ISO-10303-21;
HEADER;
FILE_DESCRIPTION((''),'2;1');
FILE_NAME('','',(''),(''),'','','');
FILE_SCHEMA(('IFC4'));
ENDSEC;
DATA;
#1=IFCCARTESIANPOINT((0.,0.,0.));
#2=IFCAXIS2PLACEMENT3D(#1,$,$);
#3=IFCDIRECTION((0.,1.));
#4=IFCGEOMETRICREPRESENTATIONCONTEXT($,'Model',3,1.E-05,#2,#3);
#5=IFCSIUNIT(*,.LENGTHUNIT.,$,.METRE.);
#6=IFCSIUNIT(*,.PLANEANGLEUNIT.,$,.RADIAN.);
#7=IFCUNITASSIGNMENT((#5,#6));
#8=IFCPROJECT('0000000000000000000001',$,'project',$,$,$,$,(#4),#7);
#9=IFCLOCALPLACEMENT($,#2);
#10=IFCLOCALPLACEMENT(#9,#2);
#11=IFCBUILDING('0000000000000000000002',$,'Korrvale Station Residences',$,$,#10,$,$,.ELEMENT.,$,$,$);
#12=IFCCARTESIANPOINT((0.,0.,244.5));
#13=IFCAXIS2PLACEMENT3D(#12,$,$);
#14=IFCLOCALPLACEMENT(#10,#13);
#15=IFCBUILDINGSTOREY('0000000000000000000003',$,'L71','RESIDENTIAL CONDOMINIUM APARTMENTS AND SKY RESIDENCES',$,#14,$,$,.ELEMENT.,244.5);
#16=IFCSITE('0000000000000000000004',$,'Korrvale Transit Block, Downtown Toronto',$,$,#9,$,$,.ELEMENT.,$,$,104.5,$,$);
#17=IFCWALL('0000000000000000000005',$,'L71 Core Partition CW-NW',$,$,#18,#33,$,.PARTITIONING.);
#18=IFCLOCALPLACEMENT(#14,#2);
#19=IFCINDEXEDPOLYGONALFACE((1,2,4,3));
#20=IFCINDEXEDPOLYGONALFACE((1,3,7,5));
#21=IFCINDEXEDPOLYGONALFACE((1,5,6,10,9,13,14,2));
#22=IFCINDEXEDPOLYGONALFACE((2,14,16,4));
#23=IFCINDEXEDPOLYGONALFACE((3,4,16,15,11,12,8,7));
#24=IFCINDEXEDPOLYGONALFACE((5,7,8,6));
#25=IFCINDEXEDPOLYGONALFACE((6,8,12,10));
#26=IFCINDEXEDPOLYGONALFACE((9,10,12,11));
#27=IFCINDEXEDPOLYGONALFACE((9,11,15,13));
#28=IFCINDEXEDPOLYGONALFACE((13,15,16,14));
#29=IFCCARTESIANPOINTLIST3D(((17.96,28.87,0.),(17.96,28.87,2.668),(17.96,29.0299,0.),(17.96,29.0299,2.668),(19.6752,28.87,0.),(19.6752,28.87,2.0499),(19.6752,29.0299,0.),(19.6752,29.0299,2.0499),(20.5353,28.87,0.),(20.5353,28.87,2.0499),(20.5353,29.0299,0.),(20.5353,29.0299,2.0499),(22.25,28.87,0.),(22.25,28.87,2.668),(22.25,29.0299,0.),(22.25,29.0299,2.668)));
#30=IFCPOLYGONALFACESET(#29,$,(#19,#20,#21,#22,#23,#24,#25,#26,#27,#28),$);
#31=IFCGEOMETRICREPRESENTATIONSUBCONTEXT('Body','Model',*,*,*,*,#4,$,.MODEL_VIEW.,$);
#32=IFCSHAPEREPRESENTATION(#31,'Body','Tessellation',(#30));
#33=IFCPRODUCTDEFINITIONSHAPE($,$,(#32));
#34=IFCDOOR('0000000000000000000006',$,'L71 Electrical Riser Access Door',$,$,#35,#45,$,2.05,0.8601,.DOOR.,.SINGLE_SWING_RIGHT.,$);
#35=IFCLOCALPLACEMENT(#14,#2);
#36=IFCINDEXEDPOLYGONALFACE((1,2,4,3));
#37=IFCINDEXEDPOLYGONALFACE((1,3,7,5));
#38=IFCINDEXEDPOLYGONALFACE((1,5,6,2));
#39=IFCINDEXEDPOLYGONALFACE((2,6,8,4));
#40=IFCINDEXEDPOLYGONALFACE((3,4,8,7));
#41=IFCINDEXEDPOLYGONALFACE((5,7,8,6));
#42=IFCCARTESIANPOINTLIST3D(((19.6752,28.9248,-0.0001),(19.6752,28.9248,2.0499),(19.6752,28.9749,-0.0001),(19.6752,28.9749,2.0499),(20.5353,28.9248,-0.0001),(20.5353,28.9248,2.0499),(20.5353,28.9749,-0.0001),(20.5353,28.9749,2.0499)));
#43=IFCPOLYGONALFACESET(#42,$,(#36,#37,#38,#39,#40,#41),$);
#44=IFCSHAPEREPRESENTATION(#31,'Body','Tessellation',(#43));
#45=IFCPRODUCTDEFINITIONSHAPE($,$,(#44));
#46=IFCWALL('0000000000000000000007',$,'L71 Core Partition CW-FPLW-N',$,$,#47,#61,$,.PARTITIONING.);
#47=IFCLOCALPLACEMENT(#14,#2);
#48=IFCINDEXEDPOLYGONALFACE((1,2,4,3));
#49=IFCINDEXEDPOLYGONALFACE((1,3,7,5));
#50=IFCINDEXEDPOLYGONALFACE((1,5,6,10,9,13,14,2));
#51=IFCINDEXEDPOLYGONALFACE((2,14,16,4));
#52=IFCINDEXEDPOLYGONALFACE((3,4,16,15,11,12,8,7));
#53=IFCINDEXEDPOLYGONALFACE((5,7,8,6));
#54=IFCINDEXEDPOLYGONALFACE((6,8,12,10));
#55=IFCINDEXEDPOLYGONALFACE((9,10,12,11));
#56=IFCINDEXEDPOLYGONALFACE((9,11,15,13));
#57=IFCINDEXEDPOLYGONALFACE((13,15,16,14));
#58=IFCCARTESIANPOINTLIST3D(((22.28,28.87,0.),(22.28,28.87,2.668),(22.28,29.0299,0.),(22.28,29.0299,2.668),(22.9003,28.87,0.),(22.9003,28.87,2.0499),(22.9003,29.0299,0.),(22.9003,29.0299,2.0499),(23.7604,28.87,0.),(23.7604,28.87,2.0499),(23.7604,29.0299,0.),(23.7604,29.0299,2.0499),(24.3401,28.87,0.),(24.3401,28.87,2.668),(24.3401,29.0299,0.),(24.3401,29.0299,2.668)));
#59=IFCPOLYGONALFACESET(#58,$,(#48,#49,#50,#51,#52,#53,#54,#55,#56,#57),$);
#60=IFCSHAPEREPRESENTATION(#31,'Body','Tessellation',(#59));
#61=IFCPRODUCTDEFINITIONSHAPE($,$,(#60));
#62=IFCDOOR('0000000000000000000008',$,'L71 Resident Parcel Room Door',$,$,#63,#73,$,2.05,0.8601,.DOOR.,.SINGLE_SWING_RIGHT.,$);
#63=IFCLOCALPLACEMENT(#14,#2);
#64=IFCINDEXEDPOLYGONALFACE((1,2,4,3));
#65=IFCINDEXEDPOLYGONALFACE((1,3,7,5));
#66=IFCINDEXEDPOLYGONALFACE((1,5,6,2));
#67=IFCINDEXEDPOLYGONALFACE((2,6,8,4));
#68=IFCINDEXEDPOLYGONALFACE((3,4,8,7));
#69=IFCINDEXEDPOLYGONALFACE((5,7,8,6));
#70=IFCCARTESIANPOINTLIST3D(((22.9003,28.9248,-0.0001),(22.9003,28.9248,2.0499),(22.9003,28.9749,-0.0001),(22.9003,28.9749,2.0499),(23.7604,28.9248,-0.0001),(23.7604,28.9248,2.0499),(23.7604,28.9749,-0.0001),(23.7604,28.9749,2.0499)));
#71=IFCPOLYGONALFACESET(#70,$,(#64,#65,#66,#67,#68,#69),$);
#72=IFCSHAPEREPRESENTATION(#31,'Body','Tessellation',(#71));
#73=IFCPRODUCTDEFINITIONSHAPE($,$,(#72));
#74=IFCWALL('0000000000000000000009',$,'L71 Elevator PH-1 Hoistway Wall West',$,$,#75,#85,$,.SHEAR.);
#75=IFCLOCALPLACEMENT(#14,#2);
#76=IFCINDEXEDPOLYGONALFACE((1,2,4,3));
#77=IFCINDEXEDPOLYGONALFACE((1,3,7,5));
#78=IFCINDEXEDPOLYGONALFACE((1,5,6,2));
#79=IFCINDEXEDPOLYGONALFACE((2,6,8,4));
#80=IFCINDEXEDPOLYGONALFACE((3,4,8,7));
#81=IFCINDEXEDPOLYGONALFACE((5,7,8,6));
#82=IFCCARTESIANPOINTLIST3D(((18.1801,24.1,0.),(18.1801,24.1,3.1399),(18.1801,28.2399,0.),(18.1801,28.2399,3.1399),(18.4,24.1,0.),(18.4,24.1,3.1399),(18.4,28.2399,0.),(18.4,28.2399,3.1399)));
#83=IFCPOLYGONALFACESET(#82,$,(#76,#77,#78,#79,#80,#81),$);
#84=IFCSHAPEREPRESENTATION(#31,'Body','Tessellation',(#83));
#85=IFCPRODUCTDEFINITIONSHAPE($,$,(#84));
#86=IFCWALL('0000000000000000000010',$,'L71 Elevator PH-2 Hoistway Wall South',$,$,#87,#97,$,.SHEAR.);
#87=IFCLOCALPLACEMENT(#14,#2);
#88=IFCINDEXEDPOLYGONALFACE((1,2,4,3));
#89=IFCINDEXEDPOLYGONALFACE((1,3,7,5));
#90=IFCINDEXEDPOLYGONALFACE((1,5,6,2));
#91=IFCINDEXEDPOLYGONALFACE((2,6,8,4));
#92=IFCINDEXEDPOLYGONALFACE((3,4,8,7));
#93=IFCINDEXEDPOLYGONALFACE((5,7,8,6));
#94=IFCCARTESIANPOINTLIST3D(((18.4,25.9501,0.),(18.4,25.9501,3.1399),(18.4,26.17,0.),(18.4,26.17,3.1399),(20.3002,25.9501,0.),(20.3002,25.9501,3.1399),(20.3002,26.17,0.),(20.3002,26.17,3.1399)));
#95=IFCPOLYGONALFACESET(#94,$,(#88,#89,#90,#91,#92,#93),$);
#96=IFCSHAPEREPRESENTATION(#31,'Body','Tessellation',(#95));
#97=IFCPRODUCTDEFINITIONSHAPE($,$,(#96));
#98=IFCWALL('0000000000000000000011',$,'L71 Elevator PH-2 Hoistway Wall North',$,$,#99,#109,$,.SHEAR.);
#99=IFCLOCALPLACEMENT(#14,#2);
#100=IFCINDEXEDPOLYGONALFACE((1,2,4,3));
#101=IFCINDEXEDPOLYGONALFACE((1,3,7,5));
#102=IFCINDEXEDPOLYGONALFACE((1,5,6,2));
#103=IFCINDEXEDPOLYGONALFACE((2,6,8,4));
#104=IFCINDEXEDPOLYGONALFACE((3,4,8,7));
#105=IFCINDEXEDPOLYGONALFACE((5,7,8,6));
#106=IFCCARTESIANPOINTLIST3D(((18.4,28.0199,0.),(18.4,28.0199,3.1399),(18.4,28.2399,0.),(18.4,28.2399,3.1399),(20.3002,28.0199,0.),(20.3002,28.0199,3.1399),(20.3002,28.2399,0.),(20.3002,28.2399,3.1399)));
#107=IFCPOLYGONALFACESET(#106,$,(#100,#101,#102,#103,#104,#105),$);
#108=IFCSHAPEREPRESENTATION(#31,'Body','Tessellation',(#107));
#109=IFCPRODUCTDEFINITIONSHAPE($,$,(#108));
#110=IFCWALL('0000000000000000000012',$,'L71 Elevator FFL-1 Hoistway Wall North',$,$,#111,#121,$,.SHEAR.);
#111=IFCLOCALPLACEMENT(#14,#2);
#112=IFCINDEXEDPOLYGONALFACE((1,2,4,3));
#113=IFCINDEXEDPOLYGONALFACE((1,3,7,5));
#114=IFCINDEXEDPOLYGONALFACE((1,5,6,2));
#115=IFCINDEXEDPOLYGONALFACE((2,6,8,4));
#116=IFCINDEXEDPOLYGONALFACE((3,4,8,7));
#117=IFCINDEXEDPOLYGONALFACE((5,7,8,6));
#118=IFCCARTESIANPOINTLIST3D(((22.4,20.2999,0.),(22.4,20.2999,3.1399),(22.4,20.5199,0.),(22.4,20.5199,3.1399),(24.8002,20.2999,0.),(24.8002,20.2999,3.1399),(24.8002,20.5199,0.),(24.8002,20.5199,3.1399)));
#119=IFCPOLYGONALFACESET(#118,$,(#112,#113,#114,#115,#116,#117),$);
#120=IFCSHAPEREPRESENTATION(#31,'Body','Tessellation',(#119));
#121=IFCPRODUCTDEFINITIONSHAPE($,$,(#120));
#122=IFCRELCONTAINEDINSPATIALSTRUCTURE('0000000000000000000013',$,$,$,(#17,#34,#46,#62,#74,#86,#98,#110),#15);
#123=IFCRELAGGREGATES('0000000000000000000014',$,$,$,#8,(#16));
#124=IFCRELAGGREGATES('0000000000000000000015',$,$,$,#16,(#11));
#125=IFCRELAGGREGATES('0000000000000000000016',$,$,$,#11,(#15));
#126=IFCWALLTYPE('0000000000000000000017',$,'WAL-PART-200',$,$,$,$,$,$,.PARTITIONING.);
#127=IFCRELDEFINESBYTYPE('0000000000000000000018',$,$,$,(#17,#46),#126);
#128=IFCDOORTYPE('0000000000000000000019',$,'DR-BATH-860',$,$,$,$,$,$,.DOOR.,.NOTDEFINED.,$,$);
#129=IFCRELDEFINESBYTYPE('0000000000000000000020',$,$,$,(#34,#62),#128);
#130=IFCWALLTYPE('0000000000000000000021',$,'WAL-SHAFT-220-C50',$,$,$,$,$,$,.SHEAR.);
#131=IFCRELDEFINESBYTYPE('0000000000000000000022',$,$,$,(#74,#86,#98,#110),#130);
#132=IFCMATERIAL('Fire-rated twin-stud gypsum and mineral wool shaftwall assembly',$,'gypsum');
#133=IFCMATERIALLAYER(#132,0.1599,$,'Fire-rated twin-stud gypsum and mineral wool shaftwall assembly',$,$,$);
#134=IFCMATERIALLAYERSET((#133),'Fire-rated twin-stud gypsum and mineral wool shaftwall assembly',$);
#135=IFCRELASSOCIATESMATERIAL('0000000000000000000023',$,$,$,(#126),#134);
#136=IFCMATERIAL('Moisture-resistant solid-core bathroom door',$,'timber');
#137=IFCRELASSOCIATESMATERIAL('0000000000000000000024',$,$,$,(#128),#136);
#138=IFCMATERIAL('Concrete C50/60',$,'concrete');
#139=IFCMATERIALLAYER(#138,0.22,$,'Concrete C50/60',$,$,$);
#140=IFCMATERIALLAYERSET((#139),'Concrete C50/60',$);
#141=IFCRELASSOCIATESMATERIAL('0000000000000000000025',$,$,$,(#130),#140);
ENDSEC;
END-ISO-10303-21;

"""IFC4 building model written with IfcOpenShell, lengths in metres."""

from ifc_helpers import new_model, si_unit, direction, frame, frame_2d, origin, place, context, subcontext, project, spatial, rectangle, extrude, material, layer, layer_set, type_object, element, fill, save


model = new_model("IFC4")

# Units and contexts
model_context = context("Model", 3, precision=1e-05, world=origin(), true_north=direction((0.0, 1.0)))
body_context = subcontext(model_context, "Body", "Model", "MODEL_VIEW")
ifc_project = project(units=[si_unit("LENGTHUNIT", "METRE"), si_unit("PLANEANGLEUNIT", "RADIAN")], contexts=[model_context])

# Site, building, storey
site_placement = place(None, origin())
site = spatial("IfcSite", under=ifc_project, at=site_placement, Name="Korrvale Transit Block, Downtown Toronto", CompositionType="ELEMENT", RefElevation=104.5)
building_placement = place(site_placement, origin())
building = spatial("IfcBuilding", under=site, at=building_placement, Name="Korrvale Station Residences", CompositionType="ELEMENT")
storey_placement = place(building_placement, frame((0.0, 0.0, 244.5)))
storey = spatial("IfcBuildingStorey", under=building, at=storey_placement, Name="L71", Description="RESIDENTIAL CONDOMINIUM APARTMENTS AND SKY RESIDENCES", CompositionType="ELEMENT", Elevation=244.5)

# Shared definitions
ifc_material_1 = material(Name="Concrete C50/60", Category="concrete")

# Shared definitions
ifc_material_2 = material(Name="Fire-rated twin-stud gypsum and mineral wool shaftwall assembly", Category="gypsum")
ifc_layer_1 = layer(ifc_material_2, 0.1599, Name="Fire-rated twin-stud gypsum and mineral wool shaftwall assembly")
ifc_layer_set_1 = layer_set([ifc_layer_1], Name="Fire-rated twin-stud gypsum and mineral wool shaftwall assembly")
wall_type_1 = type_object("IfcWallType", Name="WAL-PART-200", PredefinedType="PARTITIONING", material=ifc_layer_set_1)

# Walls, openings, doors
wall_1_placement = place(storey_placement, frame((17.96, 28.95, 0.0), z_axis=(0.0, 0.0, 1.0), x_axis=(1.0, 0.0, 0.0)))
wall_1 = element("IfcWall", 1, at=wall_1_placement, inside=storey, type_object=wall_type_1, Name="L71 Core Partition CW-NW", PredefinedType="PARTITIONING", context=body_context, shape_type="SweptSolid", body=[
    extrude(rectangle(XDim=4.29, YDim=0.1599, at=frame_2d((2.145, 0.0))), origin(), (0.0, 0.0, 1.0), 2.668),
])
opening_1_placement = place(wall_1_placement, frame((1.7151, 0.0, 0.0)))
opening_1 = element("IfcOpeningElement", 2, at=opening_1_placement, cuts=wall_1, PredefinedType="OPENING", context=body_context, shape_type="SweptSolid", body=[
    extrude(rectangle(XDim=0.8601, YDim=2.05, at=frame_2d((0.4302, 1.0249))), frame((0.0, 0.0898, 0.0), z_axis=(0.0, -1.0, 0.0), x_axis=(1.0, 0.0, 0.0)), (0.0, 0.0, 1.0), 0.1799),
])
ifc_material_3 = material(Name="Moisture-resistant solid-core bathroom door", Category="timber")
door_type_1 = type_object("IfcDoorType", Name="DR-BATH-860", OperationType="NOTDEFINED", PredefinedType="DOOR", material=ifc_material_3)
door_1_placement = place(opening_1_placement, origin())
door_1 = element("IfcDoor", 3, at=door_1_placement, inside=storey, type_object=door_type_1, Name="L71 Electrical Riser Access Door", OperationType="SINGLE_SWING_RIGHT", OverallHeight=2.05, OverallWidth=0.8601, PredefinedType="DOOR", context=body_context, shape_type="SweptSolid", body=[
    extrude(rectangle(XDim=0.8601, YDim=2.05, at=frame_2d((0.4302, 1.0249))), frame((0.0, 0.0249, 0.0), z_axis=(0.0, -1.0, 0.0), x_axis=(1.0, 0.0, 0.0)), (0.0, 0.0, 1.0), 0.05),
])
fill(opening_1, door_1)
wall_2_placement = place(storey_placement, frame((22.28, 28.95, 0.0), z_axis=(0.0, 0.0, 1.0), x_axis=(1.0, 0.0, 0.0)))
wall_2 = element("IfcWall", 4, at=wall_2_placement, inside=storey, type_object=wall_type_1, Name="L71 Core Partition CW-FPLW-N", PredefinedType="PARTITIONING", context=body_context, shape_type="SweptSolid", body=[
    extrude(rectangle(XDim=2.0601, YDim=0.1599, at=frame_2d((1.03, 0.0))), origin(), (0.0, 0.0, 1.0), 2.668),
])
opening_2_placement = place(wall_2_placement, frame((0.6201, 0.0, 0.0)))
opening_2 = element("IfcOpeningElement", 5, at=opening_2_placement, cuts=wall_2, PredefinedType="OPENING", context=body_context, shape_type="SweptSolid", body=[
    extrude(rectangle(XDim=0.8601, YDim=2.05, at=frame_2d((0.4302, 1.0249))), frame((0.0, 0.0898, 0.0), z_axis=(0.0, -1.0, 0.0), x_axis=(1.0, 0.0, 0.0)), (0.0, 0.0, 1.0), 0.1799),
])
door_2_placement = place(opening_2_placement, origin())
door_2 = element("IfcDoor", 6, at=door_2_placement, inside=storey, type_object=door_type_1, Name="L71 Resident Parcel Room Door", OperationType="SINGLE_SWING_RIGHT", OverallHeight=2.05, OverallWidth=0.8601, PredefinedType="DOOR", context=body_context, shape_type="SweptSolid", body=[
    extrude(rectangle(XDim=0.8601, YDim=2.05, at=frame_2d((0.4302, 1.0249))), frame((0.0, 0.0249, 0.0), z_axis=(0.0, -1.0, 0.0), x_axis=(1.0, 0.0, 0.0)), (0.0, 0.0, 1.0), 0.05),
])
fill(opening_2, door_2)

# Wall
ifc_layer_2 = layer(ifc_material_1, 0.22, Name="Concrete C50/60")
ifc_layer_set_2 = layer_set([ifc_layer_2], Name="Concrete C50/60")
wall_type_2 = type_object("IfcWallType", Name="WAL-SHAFT-220-C50", PredefinedType="SHEAR", material=ifc_layer_set_2)
wall_3_placement = place(storey_placement, frame((18.29, 24.1001, 0.0), z_axis=(0.0, 0.0, 1.0), x_axis=(0.0, 1.0, 0.0)))
element("IfcWall", 7, at=wall_3_placement, inside=storey, type_object=wall_type_2, Name="L71 Elevator PH-1 Hoistway Wall West", PredefinedType="SHEAR", context=body_context, shape_type="SweptSolid", body=[
    extrude(rectangle(XDim=4.1399, YDim=0.22, at=frame_2d((2.0698, 0.0))), origin(), (0.0, 0.0, 1.0), 3.1399),
])

# Walls
for number, where, z_axis, x_axis, name in (
    (8, (18.3999, 26.0601, 0.0), (0.0, 0.0, 1.0), (1.0, 0.0, 0.0), "L71 Elevator PH-2 Hoistway Wall South"),
    (9, (18.3999, 28.1299, 0.0), (0.0, 0.0, 1.0), (1.0, 0.0, 0.0), "L71 Elevator PH-2 Hoistway Wall North"),
):
    element("IfcWall", number, at=place(storey_placement, frame(where, z_axis=z_axis, x_axis=x_axis)), inside=storey, type_object=wall_type_2, Name=name, PredefinedType="SHEAR", context=body_context, shape_type="SweptSolid", body=[
        extrude(rectangle(XDim=1.9001, YDim=0.22, at=frame_2d((0.9502, 0.0))), origin(), (0.0, 0.0, 1.0), 3.1399),
    ])

# Wall
wall_4_placement = place(storey_placement, frame((22.3999, 20.4099, 0.0), z_axis=(0.0, 0.0, 1.0), x_axis=(1.0, 0.0, 0.0)))
element("IfcWall", 10, at=wall_4_placement, inside=storey, type_object=wall_type_2, Name="L71 Elevator FFL-1 Hoistway Wall North", PredefinedType="SHEAR", context=body_context, shape_type="SweptSolid", body=[
    extrude(rectangle(XDim=2.4001, YDim=0.22, at=frame_2d((1.2002, 0.0))), origin(), (0.0, 0.0, 1.0), 3.1399),
])

save(model, "model.ifc")
